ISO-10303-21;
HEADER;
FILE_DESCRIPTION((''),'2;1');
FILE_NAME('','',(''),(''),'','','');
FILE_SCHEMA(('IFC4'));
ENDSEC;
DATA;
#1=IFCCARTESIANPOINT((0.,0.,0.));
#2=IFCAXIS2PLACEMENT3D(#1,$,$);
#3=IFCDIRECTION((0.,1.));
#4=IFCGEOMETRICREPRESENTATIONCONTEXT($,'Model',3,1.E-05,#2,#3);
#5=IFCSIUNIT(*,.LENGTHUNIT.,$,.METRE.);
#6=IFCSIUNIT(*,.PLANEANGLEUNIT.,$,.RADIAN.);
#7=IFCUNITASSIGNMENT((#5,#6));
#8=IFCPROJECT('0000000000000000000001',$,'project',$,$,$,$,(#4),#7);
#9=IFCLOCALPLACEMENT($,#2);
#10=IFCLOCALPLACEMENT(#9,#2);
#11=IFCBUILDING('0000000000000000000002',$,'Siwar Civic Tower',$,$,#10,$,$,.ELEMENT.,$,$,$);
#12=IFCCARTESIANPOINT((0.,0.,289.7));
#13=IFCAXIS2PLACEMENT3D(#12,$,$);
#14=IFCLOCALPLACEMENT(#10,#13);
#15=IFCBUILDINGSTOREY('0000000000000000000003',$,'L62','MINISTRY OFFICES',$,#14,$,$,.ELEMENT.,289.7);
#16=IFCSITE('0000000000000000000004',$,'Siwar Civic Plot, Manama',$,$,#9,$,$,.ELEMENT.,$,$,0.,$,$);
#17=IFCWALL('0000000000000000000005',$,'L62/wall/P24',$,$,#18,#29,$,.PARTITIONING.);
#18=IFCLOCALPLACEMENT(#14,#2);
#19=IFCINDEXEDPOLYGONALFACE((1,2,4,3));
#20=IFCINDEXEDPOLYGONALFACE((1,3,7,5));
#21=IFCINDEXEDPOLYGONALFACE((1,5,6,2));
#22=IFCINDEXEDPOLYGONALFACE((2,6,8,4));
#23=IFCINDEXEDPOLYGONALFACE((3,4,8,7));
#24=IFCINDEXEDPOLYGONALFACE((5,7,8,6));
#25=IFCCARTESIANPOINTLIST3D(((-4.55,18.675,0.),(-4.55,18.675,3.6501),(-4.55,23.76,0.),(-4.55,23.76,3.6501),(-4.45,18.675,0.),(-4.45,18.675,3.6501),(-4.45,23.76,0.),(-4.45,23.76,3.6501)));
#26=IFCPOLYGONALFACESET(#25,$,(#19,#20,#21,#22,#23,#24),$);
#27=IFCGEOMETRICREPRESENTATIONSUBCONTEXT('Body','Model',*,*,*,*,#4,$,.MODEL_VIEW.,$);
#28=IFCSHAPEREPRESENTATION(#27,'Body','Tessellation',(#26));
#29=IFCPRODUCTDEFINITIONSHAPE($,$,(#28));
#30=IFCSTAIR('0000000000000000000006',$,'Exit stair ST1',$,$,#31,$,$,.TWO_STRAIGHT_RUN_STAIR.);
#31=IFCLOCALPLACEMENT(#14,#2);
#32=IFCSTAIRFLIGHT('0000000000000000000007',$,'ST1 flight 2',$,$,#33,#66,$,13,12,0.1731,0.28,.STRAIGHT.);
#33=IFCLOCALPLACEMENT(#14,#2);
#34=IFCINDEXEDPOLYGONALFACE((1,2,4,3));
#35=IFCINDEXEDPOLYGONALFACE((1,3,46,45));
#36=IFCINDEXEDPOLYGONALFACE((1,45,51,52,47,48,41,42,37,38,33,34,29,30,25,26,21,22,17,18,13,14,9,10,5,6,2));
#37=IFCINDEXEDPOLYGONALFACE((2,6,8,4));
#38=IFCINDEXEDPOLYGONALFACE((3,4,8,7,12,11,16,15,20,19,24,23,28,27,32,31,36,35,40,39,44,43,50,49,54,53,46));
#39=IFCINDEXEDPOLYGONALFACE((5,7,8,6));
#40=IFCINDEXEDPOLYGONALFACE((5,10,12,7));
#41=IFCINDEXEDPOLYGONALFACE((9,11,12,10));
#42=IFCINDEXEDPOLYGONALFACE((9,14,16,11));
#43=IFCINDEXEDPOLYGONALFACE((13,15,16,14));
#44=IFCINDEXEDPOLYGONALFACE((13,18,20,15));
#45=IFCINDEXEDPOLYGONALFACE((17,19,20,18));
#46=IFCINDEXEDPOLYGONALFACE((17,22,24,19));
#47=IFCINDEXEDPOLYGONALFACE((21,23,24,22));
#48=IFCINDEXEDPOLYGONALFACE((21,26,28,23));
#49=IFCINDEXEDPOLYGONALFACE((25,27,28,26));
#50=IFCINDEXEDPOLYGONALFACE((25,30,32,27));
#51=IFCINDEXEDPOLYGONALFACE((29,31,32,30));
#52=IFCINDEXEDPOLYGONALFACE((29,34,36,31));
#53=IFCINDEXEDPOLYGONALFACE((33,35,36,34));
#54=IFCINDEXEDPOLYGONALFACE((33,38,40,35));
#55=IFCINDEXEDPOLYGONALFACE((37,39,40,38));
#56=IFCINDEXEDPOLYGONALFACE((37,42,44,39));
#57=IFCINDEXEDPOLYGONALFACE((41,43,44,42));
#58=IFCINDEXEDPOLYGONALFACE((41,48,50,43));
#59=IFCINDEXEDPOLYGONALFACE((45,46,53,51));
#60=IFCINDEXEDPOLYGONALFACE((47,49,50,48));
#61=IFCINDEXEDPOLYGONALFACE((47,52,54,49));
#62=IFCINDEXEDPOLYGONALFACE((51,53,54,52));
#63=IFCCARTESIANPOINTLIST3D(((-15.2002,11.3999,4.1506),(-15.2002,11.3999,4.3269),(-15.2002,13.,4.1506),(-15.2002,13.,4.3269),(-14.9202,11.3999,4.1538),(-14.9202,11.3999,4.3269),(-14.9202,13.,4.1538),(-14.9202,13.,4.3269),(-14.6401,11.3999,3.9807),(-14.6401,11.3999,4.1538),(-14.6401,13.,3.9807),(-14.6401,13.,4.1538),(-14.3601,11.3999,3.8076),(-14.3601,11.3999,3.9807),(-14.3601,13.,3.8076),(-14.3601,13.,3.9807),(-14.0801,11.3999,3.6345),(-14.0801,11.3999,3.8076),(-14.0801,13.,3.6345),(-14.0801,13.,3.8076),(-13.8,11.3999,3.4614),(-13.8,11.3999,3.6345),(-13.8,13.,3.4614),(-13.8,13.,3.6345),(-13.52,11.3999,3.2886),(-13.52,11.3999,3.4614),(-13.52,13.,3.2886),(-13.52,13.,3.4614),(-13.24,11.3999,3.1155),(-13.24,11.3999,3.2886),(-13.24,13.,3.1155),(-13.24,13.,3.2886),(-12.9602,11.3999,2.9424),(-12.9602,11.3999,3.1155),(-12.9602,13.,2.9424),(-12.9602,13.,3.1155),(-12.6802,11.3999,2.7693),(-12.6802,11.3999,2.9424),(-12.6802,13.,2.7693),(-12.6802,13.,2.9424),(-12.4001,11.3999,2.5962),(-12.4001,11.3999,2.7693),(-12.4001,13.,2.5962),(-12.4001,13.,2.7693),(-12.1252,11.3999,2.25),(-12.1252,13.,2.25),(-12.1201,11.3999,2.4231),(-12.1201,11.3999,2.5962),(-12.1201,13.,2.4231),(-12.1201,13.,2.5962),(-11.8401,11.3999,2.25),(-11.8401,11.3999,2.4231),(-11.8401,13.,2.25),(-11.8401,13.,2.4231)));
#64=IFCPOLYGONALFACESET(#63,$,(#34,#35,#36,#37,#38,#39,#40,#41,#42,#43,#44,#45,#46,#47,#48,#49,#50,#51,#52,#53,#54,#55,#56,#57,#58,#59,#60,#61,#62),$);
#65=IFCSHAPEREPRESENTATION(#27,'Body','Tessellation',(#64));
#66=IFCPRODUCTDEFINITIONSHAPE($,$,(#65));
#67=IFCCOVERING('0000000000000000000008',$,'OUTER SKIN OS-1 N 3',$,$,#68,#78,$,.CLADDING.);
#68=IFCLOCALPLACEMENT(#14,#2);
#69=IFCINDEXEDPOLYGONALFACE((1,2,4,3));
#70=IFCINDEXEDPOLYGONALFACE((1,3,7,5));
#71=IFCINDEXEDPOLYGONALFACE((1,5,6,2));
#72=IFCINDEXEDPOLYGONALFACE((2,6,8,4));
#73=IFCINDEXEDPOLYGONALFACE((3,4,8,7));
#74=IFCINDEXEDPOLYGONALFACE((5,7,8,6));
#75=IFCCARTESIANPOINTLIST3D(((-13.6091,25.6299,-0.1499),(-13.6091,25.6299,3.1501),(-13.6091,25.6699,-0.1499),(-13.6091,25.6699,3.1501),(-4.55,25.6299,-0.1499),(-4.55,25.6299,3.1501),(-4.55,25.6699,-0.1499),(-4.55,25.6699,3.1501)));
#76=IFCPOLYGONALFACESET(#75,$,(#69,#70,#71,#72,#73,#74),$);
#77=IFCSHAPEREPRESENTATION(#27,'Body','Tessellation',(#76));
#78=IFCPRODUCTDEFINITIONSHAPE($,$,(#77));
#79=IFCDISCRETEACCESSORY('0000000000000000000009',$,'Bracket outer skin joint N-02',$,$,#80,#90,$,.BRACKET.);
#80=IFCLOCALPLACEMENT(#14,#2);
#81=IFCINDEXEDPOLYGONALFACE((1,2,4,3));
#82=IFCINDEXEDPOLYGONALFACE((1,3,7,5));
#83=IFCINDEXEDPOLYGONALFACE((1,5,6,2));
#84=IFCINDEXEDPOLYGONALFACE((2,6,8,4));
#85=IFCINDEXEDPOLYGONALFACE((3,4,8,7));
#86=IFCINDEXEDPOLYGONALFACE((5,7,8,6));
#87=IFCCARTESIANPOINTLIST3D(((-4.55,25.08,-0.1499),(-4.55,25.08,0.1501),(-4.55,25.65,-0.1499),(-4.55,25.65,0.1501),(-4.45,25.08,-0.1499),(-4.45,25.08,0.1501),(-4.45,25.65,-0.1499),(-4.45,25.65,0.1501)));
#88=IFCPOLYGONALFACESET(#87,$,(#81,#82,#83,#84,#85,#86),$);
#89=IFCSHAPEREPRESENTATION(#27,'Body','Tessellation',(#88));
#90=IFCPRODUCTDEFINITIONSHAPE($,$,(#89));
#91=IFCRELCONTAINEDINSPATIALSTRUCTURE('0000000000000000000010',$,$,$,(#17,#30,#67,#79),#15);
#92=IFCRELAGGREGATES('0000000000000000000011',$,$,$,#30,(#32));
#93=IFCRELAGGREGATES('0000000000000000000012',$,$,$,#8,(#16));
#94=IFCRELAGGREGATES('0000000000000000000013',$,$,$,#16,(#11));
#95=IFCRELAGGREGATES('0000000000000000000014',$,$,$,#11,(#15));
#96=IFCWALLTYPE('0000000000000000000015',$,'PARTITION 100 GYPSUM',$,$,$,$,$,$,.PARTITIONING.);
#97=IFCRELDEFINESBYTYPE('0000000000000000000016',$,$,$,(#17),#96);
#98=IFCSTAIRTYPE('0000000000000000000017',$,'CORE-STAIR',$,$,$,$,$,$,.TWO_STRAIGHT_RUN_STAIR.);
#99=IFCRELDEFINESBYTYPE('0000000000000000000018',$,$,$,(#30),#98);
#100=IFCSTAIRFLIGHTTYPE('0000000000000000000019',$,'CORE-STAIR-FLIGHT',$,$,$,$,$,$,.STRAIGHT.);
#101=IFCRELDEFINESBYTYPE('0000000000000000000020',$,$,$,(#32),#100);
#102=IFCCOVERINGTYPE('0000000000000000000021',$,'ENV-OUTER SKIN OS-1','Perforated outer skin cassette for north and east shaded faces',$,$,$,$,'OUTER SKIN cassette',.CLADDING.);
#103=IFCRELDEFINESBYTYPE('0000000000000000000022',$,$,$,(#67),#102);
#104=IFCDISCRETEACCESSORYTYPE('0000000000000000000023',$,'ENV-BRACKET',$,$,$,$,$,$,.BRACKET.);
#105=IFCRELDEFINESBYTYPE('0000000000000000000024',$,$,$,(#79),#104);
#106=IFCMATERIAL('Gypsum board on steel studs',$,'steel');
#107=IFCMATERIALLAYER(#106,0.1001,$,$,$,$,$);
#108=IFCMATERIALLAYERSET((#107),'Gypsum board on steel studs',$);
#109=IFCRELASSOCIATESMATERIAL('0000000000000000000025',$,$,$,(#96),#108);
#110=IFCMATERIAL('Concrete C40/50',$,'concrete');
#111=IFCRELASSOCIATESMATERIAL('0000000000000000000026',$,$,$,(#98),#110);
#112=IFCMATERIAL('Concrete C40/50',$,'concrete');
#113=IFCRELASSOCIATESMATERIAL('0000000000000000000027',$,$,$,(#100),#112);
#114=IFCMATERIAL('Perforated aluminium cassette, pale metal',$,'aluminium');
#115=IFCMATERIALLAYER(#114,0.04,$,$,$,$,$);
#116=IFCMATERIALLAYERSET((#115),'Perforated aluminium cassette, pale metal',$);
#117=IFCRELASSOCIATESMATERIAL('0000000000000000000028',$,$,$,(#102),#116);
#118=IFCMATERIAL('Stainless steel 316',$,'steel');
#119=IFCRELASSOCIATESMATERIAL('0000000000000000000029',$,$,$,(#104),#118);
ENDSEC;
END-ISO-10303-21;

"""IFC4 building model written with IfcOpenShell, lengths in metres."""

from ifc_helpers import new_model, si_unit, direction, frame, frame_2d, origin, origin_2d, place, context, subcontext, project, spatial, polyline, rectangle, outline, extrude, material, layer, layer_set, type_object, element, aggregate, save


model = new_model("IFC4")

# Units and contexts
model_context = context("Model", 3, precision=1e-05, world=origin(), true_north=direction((0.0, 1.0)))
body_context = subcontext(model_context, "Body", "Model", "MODEL_VIEW")
ifc_project = project(units=[si_unit("LENGTHUNIT", "METRE"), si_unit("PLANEANGLEUNIT", "RADIAN")], contexts=[model_context])

# Site, building, storey
site_placement = place(None, origin())
site = spatial("IfcSite", under=ifc_project, at=site_placement, Name="Siwar Civic Plot, Manama", CompositionType="ELEMENT", RefElevation=0.0)
building_placement = place(site_placement, origin())
building = spatial("IfcBuilding", under=site, at=building_placement, Name="Siwar Civic Tower", CompositionType="ELEMENT")
storey_placement = place(building_placement, frame((0.0, 0.0, 289.7)))
storey = spatial("IfcBuildingStorey", under=building, at=storey_placement, Name="L62", Description="MINISTRY OFFICES", CompositionType="ELEMENT", Elevation=289.7)

# Wall
ifc_material_1 = material(Name="Gypsum board on steel studs", Category="steel")
ifc_layer_1 = layer(ifc_material_1, 0.1001)
ifc_layer_set_1 = layer_set([ifc_layer_1], Name="Gypsum board on steel studs")
wall_type_1 = type_object("IfcWallType", Name="PARTITION 100 GYPSUM", PredefinedType="PARTITIONING", material=ifc_layer_set_1)
wall_1_placement = place(storey_placement, frame((-4.5, 18.675, 0.0), z_axis=(0.0, 0.0, 1.0), x_axis=(0.0, 1.0, 0.0)))
element("IfcWall", 1, at=wall_1_placement, inside=storey, type_object=wall_type_1, Name="L62/wall/P24", PredefinedType="PARTITIONING", context=body_context, shape_type="SweptSolid", body=[
    extrude(rectangle(XDim=5.085, YDim=0.1001, at=frame_2d((2.5425, 0.0))), origin(), (0.0, 0.0, 1.0), 3.6501),
])

# Stair, stair flight
ifc_material_2 = material(Name="Concrete C40/50", Category="concrete")
stair_type = type_object("IfcStairType", Name="CORE-STAIR", PredefinedType="TWO_STRAIGHT_RUN_STAIR", material=ifc_material_2)
stair_placement = place(storey_placement, origin())
stair = element("IfcStair", 2, at=stair_placement, inside=storey, type_object=stair_type, Name="Exit stair ST1", PredefinedType="TWO_STRAIGHT_RUN_STAIR")
ifc_material_3 = material(Name="Concrete C40/50", Category="concrete")
stair_flight_type = type_object("IfcStairFlightType", Name="CORE-STAIR-FLIGHT", PredefinedType="STRAIGHT", material=ifc_material_3)
stair_flight_placement = place(storey_placement, frame((-11.8401, 12.2, 2.25), z_axis=(0.0, 0.0, 1.0), x_axis=(-1.0, 0.0, 0.0)))
stair_flight = element("IfcStairFlight", 3, at=stair_flight_placement, type_object=stair_flight_type, Name="ST1 flight 2", NumberOfRisers=13, NumberOfTreads=12, PredefinedType="STRAIGHT", RiserHeight=0.1731, TreadLength=0.28, context=body_context, shape_type="SweptSolid", body=[
    extrude(outline(polyline([(0.0, 0.0), (0.0, 0.1731), (0.28, 0.1731), (0.28, 0.3462), (0.5601, 0.3462), (0.5601, 0.5193), (0.8401, 0.5193), (0.8401, 0.6924), (1.1201, 0.6924), (1.1201, 0.8655), (1.3999, 0.8655), (1.3999, 1.0386), (1.6799, 1.0386), (1.6799, 1.2114), (1.96, 1.2114), (1.96, 1.3845), (2.24, 1.3845), (2.24, 1.5576), (2.52, 1.5576), (2.52, 1.7307), (2.8, 1.7307), (2.8, 1.9038), (3.0801, 1.9038), (3.0801, 2.0769), (3.3601, 2.0769), (3.3601, 2.25), (3.3601, 1.9006), (0.2852, 0.0), (0.0, 0.0)])), frame((0.0, 0.8, 0.0), z_axis=(0.0, -1.0, 0.0), x_axis=(1.0, 0.0, 0.0)), (0.0, 0.0, 1.0), 1.6001),
])
aggregate(stair, [stair_flight])

# Covering
ifc_material_4 = material(Name="Perforated aluminium cassette, pale metal", Category="aluminium")
ifc_layer_2 = layer(ifc_material_4, 0.04)
ifc_layer_set_2 = layer_set([ifc_layer_2], Name="Perforated aluminium cassette, pale metal")
covering_type = type_object("IfcCoveringType", Name="ENV-OUTER SKIN OS-1", Description="Perforated outer skin cassette for north and east shaded faces", ElementType="OUTER SKIN cassette", PredefinedType="CLADDING", material=ifc_layer_set_2)
covering_placement = place(storey_placement, frame((-9.0796, 25.6499, -0.1499), z_axis=(0.0, 0.0, 1.0), x_axis=(-1.0, 0.0, 0.0)))
element("IfcCovering", 4, at=covering_placement, inside=storey, type_object=covering_type, Name="OUTER SKIN OS-1 N 3", PredefinedType="CLADDING", context=body_context, shape_type="SweptSolid", body=[
    extrude(rectangle(XDim=9.0591, YDim=0.04, at=origin_2d()), origin(), (0.0, 0.0, 1.0), 3.3),
])

# Discrete accessory
ifc_material_5 = material(Name="Stainless steel 316", Category="steel")
discrete_accessory_type = type_object("IfcDiscreteAccessoryType", Name="ENV-BRACKET", PredefinedType="BRACKET", material=ifc_material_5)
discrete_accessory_placement = place(storey_placement, frame((-4.5, 25.365, -0.1499), z_axis=(0.0, 0.0, 1.0), x_axis=(0.0, 1.0, 0.0)))
element("IfcDiscreteAccessory", 5, at=discrete_accessory_placement, inside=storey, type_object=discrete_accessory_type, Name="Bracket outer skin joint N-02", PredefinedType="BRACKET", context=body_context, shape_type="SweptSolid", body=[
    extrude(rectangle(XDim=0.5701, YDim=0.1001, at=origin_2d()), origin(), (0.0, 0.0, 1.0), 0.3),
])

save(model, "model.ifc")
